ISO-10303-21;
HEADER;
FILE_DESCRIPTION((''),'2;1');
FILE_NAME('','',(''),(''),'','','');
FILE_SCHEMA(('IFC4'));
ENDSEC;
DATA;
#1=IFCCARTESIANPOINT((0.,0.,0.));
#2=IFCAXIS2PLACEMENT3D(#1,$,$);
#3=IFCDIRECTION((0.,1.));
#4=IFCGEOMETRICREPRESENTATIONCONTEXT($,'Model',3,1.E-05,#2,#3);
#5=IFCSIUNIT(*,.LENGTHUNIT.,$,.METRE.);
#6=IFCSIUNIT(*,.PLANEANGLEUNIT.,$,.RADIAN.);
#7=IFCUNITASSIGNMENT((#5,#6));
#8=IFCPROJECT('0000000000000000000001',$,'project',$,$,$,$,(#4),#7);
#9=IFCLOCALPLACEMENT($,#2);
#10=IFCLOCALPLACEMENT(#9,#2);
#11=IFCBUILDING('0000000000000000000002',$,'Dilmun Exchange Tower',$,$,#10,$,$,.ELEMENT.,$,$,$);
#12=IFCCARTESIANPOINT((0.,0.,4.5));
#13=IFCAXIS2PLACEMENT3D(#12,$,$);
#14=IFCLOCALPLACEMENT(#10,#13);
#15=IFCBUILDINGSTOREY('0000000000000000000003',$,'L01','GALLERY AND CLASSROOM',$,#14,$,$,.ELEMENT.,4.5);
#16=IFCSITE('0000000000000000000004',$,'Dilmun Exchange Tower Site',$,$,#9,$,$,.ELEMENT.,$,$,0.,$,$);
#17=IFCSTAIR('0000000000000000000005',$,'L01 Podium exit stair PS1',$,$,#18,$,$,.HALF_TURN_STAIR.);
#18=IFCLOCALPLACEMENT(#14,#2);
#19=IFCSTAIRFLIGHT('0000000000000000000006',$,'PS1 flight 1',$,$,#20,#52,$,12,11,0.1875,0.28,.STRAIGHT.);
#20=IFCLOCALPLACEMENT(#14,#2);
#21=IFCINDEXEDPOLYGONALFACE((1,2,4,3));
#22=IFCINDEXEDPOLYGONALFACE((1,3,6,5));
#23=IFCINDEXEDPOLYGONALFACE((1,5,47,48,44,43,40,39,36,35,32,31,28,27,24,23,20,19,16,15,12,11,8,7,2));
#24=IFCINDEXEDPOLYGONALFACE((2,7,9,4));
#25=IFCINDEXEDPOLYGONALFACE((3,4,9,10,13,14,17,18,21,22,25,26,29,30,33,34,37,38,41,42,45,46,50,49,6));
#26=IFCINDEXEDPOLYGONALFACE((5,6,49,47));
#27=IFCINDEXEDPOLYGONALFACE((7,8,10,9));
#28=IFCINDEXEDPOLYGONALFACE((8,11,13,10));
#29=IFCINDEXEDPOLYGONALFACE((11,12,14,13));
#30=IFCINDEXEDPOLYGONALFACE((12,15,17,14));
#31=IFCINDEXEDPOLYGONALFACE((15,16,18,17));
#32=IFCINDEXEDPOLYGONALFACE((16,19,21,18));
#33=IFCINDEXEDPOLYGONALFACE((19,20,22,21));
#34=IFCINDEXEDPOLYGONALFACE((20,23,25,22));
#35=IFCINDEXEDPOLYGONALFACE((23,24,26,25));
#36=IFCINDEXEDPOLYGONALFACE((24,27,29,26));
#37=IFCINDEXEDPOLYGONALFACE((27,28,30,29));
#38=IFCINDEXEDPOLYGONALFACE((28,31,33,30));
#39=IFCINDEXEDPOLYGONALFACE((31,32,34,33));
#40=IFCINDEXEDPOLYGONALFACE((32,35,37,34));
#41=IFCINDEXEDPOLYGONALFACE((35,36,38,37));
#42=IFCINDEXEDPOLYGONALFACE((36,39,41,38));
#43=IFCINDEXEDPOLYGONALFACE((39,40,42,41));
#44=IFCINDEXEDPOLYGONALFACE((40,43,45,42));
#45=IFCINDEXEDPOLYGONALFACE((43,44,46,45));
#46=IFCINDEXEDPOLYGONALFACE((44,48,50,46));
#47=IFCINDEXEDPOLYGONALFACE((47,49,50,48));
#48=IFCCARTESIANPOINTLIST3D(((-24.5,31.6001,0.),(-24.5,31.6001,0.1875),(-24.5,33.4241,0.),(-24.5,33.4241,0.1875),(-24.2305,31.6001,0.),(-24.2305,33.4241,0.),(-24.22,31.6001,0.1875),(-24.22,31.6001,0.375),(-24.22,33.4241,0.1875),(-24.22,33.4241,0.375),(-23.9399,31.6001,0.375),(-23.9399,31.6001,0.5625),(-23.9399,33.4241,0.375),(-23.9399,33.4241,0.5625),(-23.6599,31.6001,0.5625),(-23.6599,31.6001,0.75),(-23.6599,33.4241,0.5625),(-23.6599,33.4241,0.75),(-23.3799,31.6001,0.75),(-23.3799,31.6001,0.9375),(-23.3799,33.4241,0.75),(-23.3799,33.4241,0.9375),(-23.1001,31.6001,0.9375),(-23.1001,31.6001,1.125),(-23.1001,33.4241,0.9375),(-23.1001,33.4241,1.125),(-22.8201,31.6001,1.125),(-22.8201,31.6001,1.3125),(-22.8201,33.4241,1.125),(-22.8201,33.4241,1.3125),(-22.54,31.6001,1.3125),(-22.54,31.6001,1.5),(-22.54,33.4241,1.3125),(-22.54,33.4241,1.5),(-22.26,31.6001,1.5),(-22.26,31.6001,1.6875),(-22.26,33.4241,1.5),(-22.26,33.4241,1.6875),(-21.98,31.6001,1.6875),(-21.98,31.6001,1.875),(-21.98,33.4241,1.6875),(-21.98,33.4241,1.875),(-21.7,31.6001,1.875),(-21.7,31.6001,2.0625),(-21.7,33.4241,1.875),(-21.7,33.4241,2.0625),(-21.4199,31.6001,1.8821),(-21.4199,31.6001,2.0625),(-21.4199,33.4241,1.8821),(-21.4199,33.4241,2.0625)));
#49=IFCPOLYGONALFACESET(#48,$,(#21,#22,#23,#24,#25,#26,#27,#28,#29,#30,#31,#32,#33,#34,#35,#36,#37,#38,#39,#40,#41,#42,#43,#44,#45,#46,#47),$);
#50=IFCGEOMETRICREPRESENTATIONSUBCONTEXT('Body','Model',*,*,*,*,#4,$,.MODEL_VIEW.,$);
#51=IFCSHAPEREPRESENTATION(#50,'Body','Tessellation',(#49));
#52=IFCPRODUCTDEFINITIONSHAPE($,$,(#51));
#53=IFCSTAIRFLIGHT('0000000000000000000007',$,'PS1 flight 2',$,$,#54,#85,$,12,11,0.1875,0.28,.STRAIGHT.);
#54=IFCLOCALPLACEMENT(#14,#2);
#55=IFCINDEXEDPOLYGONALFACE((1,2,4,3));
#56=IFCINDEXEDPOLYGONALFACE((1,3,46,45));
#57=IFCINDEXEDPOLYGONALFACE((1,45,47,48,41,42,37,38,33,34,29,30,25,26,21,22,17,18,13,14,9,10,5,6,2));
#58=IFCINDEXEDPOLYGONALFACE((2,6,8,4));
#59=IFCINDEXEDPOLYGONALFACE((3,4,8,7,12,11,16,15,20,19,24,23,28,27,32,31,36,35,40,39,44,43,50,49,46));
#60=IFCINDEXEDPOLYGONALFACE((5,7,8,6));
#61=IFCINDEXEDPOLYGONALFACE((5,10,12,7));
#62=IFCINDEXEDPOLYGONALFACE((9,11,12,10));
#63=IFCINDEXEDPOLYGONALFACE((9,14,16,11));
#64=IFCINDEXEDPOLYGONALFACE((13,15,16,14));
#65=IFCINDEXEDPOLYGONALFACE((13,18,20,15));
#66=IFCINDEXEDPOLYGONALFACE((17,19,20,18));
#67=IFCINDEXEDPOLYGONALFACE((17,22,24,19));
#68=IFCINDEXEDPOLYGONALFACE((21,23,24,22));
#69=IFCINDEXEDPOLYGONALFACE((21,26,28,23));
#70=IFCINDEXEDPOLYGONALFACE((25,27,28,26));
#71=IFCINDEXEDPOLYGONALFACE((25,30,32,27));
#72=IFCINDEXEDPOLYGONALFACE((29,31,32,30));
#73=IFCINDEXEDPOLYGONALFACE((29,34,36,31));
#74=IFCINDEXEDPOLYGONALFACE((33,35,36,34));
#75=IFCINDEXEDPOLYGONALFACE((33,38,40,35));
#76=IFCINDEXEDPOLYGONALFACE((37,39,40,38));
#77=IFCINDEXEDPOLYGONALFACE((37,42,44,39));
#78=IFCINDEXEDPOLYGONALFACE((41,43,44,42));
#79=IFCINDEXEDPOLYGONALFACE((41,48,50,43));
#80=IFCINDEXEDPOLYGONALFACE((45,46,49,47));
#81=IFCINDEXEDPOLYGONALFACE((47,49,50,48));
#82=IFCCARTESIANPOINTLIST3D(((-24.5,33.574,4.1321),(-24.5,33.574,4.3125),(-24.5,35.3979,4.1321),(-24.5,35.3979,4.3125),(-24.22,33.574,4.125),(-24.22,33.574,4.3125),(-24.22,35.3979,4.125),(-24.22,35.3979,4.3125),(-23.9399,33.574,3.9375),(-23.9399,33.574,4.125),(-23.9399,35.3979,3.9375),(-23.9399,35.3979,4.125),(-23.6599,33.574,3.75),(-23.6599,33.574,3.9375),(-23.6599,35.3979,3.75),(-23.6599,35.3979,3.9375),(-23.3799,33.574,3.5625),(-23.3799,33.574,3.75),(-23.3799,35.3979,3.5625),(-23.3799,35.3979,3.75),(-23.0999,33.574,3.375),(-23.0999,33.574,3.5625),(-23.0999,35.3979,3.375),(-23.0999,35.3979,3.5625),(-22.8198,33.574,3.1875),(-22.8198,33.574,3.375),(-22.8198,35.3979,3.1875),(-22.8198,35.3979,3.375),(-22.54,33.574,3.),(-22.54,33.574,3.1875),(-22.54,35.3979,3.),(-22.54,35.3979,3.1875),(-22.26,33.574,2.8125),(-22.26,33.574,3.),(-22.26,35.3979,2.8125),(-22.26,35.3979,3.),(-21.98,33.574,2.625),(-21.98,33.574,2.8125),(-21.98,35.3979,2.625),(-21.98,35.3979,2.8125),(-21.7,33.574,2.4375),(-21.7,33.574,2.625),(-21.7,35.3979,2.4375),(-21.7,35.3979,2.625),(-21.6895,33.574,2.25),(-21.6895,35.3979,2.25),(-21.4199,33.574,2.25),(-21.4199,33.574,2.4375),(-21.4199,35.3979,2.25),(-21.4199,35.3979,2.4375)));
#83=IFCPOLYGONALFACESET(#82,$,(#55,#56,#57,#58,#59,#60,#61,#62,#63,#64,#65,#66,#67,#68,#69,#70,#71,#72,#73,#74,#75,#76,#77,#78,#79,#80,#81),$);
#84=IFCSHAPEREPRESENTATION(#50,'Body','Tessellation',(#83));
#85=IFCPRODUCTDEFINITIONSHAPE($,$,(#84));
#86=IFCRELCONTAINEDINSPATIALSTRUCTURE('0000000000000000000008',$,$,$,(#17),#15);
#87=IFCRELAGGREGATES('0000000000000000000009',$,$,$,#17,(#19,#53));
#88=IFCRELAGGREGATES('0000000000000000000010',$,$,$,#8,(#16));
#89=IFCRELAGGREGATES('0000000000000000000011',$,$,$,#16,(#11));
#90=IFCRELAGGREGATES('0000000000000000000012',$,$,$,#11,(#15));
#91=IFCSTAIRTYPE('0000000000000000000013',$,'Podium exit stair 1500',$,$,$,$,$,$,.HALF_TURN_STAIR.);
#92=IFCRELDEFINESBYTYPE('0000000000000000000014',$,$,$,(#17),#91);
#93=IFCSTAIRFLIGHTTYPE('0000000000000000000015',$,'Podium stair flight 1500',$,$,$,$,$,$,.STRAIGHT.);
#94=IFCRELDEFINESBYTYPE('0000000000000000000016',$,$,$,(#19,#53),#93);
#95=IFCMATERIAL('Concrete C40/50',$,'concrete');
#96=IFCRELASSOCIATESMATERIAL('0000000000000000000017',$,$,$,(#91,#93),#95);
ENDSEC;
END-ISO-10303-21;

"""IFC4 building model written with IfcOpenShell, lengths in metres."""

from ifc_helpers import new_model, si_unit, direction, frame, origin, place, context, subcontext, project, spatial, polyline, outline, extrude, material, type_object, element, aggregate, save


model = new_model("IFC4")

# Units and contexts
model_context = context("Model", 3, precision=1e-05, world=origin(), true_north=direction((0.0, 1.0)))
body_context = subcontext(model_context, "Body", "Model", "MODEL_VIEW")
ifc_project = project(units=[si_unit("LENGTHUNIT", "METRE"), si_unit("PLANEANGLEUNIT", "RADIAN")], contexts=[model_context])

# Site, building, storey
site_placement = place(None, origin())
site = spatial("IfcSite", under=ifc_project, at=site_placement, Name="Dilmun Exchange Tower Site", CompositionType="ELEMENT", RefElevation=0.0)
building_placement = place(site_placement, origin())
building = spatial("IfcBuilding", under=site, at=building_placement, Name="Dilmun Exchange Tower", CompositionType="ELEMENT")
storey_placement = place(building_placement, frame((0.0, 0.0, 4.5)))
storey = spatial("IfcBuildingStorey", under=building, at=storey_placement, Name="L01", Description="GALLERY AND CLASSROOM", CompositionType="ELEMENT", Elevation=4.5)

# Shared definitions
ifc_material_1 = material(Name="Concrete C40/50", Category="concrete")

# Stair, stair flights
stair_type = type_object("IfcStairType", Name="Podium exit stair 1500", PredefinedType="HALF_TURN_STAIR", material=ifc_material_1)
stair_placement = place(storey_placement, origin())
stair = element("IfcStair", 1, at=stair_placement, inside=storey, type_object=stair_type, Name="L01 Podium exit stair PS1", PredefinedType="HALF_TURN_STAIR")
stair_flight_type = type_object("IfcStairFlightType", Name="Podium stair flight 1500", PredefinedType="STRAIGHT", material=ifc_material_1)
stair_flight_1_placement = place(storey_placement, frame((-24.5, 32.512, 0.0), z_axis=(0.0, 0.0, 1.0), x_axis=(1.0, 0.0, 0.0)))
stair_flight_1 = element("IfcStairFlight", 2, at=stair_flight_1_placement, type_object=stair_flight_type, Name="PS1 flight 1", NumberOfRisers=12, NumberOfTreads=11, PredefinedType="STRAIGHT", RiserHeight=0.1875, TreadLength=0.28, context=body_context, shape_type="SweptSolid", body=[
    extrude(outline(polyline([(0.0, 0.0), (0.0, 0.1875), (0.28, 0.1875), (0.28, 0.375), (0.5601, 0.375), (0.5601, 0.5625), (0.8401, 0.5625), (0.8401, 0.75), (1.1201, 0.75), (1.1201, 0.9375), (1.3999, 0.9375), (1.3999, 1.125), (1.6799, 1.125), (1.6799, 1.3125), (1.96, 1.3125), (1.96, 1.5), (2.24, 1.5), (2.24, 1.6875), (2.52, 1.6875), (2.52, 1.875), (2.8, 1.875), (2.8, 2.0625), (3.0801, 2.0625), (3.0801, 2.25), (3.0801, 1.8821), (0.2695, 0.0), (0.0, 0.0)])), frame((0.0, 0.9121, 0.0), z_axis=(0.0, -1.0, 0.0), x_axis=(1.0, 0.0, 0.0)), (0.0, 0.0, 1.0), 1.824),
])
stair_flight_2_placement = place(storey_placement, frame((-21.4199, 34.4861, 2.25), z_axis=(0.0, 0.0, 1.0), x_axis=(-1.0, 0.0, 0.0)))
stair_flight_2 = element("IfcStairFlight", 3, at=stair_flight_2_placement, type_object=stair_flight_type, Name="PS1 flight 2", NumberOfRisers=12, NumberOfTreads=11, PredefinedType="STRAIGHT", RiserHeight=0.1875, TreadLength=0.28, context=body_context, shape_type="SweptSolid", body=[
    extrude(outline(polyline([(0.0, 0.0), (0.0, 0.1875), (0.28, 0.1875), (0.28, 0.375), (0.5601, 0.375), (0.5601, 0.5625), (0.8401, 0.5625), (0.8401, 0.75), (1.1201, 0.75), (1.1201, 0.9375), (1.3999, 0.9375), (1.3999, 1.125), (1.6799, 1.125), (1.6799, 1.3125), (1.96, 1.3125), (1.96, 1.5), (2.24, 1.5), (2.24, 1.6875), (2.52, 1.6875), (2.52, 1.875), (2.8, 1.875), (2.8, 2.0625), (3.0801, 2.0625), (3.0801, 2.25), (3.0801, 1.8821), (0.2695, 0.0), (0.0, 0.0)])), frame((0.0, 0.9121, 0.0), z_axis=(0.0, -1.0, 0.0), x_axis=(1.0, 0.0, 0.0)), (0.0, 0.0, 1.0), 1.824),
])
aggregate(stair, [stair_flight_1, stair_flight_2])

save(model, "model.ifc")
